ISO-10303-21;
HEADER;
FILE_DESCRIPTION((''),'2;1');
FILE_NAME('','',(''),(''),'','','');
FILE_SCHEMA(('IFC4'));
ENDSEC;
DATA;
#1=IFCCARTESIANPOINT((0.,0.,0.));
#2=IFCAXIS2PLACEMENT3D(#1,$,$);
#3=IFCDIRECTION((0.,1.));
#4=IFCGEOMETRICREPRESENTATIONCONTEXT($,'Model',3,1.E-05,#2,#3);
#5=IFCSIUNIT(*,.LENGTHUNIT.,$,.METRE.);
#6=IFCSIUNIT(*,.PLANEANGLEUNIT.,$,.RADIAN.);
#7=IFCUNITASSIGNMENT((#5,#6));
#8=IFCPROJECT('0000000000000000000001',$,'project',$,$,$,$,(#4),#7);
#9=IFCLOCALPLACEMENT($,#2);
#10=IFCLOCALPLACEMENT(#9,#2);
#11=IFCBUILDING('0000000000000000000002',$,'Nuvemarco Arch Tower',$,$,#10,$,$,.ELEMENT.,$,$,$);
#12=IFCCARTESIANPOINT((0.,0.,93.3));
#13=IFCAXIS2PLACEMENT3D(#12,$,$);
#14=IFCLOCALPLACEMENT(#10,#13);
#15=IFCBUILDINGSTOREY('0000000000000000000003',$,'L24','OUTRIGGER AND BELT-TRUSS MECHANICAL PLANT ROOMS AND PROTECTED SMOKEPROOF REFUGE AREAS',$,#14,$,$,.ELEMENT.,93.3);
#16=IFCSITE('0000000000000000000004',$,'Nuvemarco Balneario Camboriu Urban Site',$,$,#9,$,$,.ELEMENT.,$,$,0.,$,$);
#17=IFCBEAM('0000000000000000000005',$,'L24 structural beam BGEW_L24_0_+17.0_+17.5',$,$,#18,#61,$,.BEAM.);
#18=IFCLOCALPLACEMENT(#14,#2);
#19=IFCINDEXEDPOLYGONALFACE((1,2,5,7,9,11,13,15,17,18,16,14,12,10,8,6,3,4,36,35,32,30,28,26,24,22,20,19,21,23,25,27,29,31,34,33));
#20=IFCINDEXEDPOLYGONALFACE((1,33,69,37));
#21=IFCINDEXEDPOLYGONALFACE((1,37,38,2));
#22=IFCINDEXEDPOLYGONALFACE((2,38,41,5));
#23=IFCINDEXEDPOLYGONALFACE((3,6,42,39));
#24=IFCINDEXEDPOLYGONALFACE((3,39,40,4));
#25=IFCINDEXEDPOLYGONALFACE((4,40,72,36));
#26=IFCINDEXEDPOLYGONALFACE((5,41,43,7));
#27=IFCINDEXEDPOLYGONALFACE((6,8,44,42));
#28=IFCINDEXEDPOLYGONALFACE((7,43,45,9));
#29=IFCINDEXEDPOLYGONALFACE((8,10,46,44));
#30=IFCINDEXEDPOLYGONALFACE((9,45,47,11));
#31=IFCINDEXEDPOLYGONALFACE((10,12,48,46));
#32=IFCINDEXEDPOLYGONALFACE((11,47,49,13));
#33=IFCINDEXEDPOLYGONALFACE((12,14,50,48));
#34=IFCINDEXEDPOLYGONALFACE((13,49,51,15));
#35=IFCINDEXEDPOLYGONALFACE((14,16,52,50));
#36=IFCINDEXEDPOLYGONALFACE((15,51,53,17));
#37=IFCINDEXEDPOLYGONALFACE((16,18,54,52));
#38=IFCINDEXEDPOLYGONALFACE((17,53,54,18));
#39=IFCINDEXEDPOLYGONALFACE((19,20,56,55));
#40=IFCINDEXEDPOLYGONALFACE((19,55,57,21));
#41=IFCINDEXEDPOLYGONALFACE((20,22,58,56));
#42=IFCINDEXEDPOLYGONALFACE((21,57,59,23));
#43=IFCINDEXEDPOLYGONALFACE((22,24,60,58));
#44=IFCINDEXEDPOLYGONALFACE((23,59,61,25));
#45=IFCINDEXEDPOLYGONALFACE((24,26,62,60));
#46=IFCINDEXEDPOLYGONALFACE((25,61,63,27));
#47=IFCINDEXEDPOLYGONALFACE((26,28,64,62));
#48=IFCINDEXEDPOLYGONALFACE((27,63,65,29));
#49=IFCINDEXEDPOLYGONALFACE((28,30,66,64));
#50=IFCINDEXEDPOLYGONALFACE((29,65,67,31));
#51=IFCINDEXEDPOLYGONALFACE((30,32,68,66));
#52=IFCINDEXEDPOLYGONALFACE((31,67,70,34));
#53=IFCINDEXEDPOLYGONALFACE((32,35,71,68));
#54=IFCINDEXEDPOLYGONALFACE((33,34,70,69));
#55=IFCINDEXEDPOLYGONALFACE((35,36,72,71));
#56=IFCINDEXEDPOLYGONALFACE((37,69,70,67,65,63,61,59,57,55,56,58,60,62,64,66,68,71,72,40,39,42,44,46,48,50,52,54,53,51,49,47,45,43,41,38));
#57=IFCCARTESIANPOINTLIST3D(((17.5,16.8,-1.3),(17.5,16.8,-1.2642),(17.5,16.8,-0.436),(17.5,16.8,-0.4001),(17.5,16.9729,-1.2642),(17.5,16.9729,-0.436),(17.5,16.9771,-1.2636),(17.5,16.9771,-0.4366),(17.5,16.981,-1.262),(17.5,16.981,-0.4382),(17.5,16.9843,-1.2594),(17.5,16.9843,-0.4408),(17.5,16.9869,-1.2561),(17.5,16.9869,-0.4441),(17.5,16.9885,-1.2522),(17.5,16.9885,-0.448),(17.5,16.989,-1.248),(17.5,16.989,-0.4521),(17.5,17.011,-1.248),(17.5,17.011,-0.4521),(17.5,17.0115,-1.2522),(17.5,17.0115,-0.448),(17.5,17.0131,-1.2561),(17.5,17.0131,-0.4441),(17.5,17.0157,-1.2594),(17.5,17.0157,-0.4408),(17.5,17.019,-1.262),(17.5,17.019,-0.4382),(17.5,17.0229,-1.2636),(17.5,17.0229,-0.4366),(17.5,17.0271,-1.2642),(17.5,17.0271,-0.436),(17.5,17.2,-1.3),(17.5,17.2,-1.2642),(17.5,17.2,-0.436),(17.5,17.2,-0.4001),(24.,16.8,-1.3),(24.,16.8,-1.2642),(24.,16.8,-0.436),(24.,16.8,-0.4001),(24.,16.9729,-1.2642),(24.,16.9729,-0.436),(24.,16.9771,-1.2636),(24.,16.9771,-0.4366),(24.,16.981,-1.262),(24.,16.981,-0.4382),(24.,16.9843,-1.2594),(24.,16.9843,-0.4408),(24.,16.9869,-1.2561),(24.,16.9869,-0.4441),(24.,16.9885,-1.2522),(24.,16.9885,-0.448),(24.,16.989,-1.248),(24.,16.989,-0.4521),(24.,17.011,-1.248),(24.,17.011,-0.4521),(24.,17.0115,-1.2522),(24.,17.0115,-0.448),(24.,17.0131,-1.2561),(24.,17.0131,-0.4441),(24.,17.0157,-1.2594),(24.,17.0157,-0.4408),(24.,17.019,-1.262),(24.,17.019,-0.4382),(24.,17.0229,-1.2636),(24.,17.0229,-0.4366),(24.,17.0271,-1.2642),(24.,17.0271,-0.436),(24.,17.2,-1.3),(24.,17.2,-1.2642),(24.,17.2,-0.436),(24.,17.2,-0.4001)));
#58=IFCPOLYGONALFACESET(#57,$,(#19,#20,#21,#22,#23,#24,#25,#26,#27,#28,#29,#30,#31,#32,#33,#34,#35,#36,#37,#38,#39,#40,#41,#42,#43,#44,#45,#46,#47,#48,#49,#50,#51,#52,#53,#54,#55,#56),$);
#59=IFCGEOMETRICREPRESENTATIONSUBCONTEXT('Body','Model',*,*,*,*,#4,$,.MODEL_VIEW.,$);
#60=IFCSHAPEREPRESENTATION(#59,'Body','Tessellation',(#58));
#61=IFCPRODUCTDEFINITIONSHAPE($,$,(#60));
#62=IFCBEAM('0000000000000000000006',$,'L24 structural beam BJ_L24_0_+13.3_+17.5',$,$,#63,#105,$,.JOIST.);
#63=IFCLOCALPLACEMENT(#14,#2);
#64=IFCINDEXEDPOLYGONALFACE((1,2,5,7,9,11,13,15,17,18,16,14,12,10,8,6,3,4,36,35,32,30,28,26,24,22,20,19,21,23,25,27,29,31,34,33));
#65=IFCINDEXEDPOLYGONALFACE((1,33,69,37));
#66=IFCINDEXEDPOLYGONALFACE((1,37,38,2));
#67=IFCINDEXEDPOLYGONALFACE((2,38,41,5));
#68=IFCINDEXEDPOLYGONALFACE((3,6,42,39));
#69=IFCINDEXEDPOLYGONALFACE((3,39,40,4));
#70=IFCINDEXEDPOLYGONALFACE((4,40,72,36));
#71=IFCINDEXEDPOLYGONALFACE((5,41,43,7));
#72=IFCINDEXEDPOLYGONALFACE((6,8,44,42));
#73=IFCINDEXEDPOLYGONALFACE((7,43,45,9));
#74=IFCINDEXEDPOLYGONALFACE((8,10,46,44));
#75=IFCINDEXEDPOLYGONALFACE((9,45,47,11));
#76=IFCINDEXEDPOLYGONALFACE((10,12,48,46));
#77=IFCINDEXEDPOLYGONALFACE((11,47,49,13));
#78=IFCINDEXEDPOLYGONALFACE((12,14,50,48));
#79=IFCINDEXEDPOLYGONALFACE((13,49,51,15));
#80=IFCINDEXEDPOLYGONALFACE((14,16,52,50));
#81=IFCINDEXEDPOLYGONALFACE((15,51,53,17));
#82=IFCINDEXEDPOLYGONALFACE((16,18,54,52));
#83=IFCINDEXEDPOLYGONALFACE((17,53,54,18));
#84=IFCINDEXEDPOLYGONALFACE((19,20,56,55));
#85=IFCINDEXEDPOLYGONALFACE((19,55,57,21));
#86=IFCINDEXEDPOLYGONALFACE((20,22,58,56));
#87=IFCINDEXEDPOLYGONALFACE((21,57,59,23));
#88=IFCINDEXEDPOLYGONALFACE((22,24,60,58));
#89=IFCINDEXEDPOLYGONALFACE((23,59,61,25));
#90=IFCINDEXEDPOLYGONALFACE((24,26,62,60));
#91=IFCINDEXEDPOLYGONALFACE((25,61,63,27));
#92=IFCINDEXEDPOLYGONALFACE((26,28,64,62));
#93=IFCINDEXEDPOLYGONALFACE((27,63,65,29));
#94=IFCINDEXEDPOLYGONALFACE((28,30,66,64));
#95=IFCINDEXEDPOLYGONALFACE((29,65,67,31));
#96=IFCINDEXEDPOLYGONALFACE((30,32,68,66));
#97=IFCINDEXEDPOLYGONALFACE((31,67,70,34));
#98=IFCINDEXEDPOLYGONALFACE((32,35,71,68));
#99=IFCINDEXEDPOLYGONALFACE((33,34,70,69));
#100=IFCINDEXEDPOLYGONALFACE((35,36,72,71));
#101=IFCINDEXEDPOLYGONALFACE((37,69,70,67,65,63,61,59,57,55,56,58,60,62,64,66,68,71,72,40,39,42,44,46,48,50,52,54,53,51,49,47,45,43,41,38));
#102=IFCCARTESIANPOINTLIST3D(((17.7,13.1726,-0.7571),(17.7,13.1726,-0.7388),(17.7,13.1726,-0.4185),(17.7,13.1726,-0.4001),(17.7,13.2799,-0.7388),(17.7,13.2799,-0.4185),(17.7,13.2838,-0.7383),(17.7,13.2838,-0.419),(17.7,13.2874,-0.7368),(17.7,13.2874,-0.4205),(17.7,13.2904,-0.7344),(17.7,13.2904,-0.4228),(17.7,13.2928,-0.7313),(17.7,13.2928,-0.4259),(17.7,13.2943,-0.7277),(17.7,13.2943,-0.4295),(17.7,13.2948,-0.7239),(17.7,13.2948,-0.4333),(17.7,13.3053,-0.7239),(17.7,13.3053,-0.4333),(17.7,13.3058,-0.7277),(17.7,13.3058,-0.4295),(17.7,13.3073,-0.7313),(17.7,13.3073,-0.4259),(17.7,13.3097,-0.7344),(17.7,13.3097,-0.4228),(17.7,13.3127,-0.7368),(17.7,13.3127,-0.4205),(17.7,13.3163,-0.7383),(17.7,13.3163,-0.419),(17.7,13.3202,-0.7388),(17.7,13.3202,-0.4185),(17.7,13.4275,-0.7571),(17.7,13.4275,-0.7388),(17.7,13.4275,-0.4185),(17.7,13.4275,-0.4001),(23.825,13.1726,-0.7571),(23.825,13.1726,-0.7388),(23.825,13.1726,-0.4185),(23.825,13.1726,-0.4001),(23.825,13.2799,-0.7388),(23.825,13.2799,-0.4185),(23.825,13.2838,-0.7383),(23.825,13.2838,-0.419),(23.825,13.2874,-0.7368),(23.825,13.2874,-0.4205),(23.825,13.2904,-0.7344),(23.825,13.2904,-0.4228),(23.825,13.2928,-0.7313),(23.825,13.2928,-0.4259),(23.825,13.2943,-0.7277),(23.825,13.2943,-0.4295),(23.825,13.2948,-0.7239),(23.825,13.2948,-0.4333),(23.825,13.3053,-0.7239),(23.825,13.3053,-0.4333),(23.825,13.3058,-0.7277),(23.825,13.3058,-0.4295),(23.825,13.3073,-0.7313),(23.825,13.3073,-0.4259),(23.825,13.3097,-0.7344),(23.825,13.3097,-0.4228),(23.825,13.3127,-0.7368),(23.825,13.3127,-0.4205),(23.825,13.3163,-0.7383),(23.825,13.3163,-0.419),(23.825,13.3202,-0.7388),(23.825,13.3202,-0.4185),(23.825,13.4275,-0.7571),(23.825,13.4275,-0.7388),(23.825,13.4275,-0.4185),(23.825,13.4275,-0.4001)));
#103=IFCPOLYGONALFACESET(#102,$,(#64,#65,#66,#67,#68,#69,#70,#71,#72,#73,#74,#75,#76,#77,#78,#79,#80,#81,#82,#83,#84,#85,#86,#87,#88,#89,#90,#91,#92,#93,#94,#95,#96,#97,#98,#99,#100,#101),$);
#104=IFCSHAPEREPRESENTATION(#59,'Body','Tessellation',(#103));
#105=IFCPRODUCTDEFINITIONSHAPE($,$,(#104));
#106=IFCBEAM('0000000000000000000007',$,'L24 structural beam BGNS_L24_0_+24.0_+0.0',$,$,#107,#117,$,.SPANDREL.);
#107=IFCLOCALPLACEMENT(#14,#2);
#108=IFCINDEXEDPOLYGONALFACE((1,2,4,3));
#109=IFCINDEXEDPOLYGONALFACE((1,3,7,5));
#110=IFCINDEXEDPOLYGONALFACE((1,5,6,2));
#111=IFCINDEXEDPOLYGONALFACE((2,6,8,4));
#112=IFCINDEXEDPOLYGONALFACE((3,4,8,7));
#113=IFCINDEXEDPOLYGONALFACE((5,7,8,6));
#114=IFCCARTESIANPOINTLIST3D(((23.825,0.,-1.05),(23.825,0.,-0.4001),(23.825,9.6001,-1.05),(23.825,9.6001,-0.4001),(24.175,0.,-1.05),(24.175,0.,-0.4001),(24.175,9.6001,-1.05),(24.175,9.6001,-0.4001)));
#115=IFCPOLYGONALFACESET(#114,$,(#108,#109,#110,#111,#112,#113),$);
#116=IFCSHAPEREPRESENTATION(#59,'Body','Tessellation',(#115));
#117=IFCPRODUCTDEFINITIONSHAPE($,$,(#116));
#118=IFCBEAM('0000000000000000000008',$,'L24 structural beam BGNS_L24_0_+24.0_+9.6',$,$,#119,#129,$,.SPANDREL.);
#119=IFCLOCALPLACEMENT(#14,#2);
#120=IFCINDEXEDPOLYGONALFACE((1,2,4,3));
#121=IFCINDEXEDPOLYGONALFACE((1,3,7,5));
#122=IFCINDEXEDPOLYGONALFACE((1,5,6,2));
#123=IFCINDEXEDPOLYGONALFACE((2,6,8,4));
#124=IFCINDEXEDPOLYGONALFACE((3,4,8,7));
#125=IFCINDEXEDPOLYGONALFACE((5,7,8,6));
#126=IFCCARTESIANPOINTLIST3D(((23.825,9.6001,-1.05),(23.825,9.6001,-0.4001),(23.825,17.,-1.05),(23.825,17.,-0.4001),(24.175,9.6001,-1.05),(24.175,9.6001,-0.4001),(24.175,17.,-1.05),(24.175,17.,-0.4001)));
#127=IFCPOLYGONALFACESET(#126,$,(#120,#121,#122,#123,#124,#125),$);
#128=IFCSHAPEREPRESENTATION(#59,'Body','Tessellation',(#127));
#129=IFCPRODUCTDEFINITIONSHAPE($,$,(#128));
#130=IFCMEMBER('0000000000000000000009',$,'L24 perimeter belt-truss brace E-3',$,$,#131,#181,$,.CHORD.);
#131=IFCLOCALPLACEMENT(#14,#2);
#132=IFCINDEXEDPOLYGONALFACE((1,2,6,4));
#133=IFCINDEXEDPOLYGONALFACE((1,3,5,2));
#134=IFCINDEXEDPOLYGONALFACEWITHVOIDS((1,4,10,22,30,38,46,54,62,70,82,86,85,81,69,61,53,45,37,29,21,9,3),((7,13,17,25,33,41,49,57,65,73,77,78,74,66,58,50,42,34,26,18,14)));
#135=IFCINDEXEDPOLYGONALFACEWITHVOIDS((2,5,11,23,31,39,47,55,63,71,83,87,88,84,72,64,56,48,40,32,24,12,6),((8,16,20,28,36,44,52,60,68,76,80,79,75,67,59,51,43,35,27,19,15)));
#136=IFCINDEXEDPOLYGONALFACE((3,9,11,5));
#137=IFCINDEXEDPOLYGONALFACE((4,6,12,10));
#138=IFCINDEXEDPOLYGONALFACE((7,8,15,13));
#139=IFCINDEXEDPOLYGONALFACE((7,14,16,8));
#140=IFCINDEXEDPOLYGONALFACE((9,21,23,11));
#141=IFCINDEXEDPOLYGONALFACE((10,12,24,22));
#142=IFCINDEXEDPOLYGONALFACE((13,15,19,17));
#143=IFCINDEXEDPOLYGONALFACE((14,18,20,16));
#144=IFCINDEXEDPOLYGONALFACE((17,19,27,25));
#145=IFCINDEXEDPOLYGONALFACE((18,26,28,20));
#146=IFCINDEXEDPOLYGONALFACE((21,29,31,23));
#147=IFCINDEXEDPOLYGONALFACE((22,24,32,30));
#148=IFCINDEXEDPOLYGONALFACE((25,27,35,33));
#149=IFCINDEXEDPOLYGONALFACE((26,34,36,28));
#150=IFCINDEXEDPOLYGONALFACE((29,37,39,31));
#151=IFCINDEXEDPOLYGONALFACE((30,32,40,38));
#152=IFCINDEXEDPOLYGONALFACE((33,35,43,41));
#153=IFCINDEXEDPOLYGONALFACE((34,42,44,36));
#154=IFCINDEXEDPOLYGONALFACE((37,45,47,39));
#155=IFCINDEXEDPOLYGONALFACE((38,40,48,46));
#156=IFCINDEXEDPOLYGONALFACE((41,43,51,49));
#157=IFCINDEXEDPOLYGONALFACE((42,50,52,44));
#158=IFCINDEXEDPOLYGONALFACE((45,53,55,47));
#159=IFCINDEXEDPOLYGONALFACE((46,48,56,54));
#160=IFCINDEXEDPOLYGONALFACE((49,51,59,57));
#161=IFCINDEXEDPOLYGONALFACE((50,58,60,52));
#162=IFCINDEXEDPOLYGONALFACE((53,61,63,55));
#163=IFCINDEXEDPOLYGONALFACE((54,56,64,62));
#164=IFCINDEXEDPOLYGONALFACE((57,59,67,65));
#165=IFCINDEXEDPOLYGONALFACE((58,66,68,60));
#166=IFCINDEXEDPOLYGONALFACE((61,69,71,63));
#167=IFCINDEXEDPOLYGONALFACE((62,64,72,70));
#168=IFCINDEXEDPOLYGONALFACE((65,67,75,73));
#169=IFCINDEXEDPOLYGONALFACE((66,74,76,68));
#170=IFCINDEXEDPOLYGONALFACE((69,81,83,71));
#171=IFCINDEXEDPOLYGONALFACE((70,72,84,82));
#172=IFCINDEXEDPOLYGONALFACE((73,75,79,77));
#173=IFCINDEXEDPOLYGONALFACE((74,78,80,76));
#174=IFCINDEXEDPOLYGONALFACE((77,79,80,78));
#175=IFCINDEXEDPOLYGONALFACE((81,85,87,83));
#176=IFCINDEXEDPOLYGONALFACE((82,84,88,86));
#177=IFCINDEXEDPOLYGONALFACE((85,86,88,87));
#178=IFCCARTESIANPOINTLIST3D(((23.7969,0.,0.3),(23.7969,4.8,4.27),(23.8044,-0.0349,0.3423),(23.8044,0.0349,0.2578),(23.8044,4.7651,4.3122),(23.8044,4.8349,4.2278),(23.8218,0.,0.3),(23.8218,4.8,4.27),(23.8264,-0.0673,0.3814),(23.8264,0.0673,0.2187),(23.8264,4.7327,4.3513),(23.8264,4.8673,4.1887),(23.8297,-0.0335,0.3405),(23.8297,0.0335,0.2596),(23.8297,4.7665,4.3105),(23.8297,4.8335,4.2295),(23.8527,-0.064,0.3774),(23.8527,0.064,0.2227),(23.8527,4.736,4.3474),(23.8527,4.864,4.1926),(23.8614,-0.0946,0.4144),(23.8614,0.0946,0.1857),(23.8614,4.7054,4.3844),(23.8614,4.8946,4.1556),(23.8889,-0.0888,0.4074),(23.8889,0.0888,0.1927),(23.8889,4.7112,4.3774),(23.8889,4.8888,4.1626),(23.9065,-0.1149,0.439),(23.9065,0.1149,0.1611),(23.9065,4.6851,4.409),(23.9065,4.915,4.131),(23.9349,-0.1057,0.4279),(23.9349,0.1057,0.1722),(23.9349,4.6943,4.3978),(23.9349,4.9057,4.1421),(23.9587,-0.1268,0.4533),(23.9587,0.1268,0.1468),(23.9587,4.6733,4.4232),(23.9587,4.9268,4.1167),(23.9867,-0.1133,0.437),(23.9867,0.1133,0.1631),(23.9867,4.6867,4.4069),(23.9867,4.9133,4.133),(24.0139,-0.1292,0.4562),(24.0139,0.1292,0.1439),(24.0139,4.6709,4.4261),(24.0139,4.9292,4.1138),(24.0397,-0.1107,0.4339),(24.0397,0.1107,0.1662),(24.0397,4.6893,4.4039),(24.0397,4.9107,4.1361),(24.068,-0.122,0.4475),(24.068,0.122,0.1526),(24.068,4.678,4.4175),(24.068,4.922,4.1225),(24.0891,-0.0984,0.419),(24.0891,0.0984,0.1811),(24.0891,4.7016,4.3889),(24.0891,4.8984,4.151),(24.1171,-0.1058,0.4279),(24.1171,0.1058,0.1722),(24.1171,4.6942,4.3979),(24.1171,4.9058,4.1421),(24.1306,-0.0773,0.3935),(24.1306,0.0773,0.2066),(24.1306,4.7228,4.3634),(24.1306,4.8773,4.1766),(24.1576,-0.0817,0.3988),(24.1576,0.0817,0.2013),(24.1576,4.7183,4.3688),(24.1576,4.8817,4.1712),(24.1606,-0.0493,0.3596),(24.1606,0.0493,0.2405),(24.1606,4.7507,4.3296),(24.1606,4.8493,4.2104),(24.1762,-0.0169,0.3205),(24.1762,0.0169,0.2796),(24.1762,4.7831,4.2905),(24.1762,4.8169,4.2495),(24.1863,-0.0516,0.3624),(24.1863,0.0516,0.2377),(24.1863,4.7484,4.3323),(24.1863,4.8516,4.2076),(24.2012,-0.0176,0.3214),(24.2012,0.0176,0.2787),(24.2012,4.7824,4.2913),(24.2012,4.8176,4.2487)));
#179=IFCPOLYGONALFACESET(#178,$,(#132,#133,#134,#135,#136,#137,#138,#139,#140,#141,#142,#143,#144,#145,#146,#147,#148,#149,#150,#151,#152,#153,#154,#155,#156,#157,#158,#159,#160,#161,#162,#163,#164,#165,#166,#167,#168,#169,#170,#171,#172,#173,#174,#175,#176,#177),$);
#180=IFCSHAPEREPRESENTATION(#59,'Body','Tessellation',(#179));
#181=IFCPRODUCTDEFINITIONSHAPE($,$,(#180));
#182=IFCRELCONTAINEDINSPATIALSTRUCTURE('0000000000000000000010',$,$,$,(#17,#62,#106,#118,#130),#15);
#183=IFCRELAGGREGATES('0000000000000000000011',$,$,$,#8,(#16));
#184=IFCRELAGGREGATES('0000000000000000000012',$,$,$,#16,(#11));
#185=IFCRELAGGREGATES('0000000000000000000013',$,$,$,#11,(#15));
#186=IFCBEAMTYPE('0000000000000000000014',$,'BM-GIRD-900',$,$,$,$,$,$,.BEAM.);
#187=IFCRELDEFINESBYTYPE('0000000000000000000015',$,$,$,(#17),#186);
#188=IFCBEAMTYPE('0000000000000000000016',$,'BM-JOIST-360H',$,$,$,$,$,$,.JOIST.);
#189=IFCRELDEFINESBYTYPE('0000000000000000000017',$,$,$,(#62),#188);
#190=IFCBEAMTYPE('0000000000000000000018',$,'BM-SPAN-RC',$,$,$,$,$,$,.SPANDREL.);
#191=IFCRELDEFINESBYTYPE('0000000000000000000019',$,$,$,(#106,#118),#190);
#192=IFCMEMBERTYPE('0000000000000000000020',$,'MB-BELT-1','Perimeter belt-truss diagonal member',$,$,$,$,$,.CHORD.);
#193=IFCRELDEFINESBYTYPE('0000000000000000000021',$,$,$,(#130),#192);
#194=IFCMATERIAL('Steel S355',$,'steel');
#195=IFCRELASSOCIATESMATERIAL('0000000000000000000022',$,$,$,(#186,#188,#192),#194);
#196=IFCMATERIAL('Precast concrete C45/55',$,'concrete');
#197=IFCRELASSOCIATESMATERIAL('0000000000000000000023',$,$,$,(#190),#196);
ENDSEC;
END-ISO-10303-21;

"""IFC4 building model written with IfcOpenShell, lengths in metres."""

from ifc_helpers import new_model, si_unit, direction, frame, origin, origin_2d, place, context, subcontext, project, spatial, rectangle, hollow_circle, i_section, extrude, material, material_profile, profile_set, type_object, element, save


model = new_model("IFC4")

# Units and contexts
model_context = context("Model", 3, precision=1e-05, world=origin(), true_north=direction((0.0, 1.0)))
body_context = subcontext(model_context, "Body", "Model", "MODEL_VIEW")
ifc_project = project(units=[si_unit("LENGTHUNIT", "METRE"), si_unit("PLANEANGLEUNIT", "RADIAN")], contexts=[model_context])

# Site, building, storey
site_placement = place(None, origin())
site = spatial("IfcSite", under=ifc_project, at=site_placement, Name="Nuvemarco Balneario Camboriu Urban Site", CompositionType="ELEMENT", RefElevation=0.0)
building_placement = place(site_placement, origin())
building = spatial("IfcBuilding", under=site, at=building_placement, Name="Nuvemarco Arch Tower", CompositionType="ELEMENT")
storey_placement = place(building_placement, frame((0.0, 0.0, 93.3)))
storey = spatial("IfcBuildingStorey", under=building, at=storey_placement, Name="L24", Description="OUTRIGGER AND BELT-TRUSS MECHANICAL PLANT ROOMS AND PROTECTED SMOKEPROOF REFUGE AREAS", CompositionType="ELEMENT", Elevation=93.3)

# Shared definitions
ifc_material_1 = material(Name="Steel S355", Category="steel")

# Beams
ifc_material_profile_1 = material_profile(ifc_material_1, i_section(OverallWidth=0.3999, OverallDepth=0.8999, WebThickness=0.022, FlangeThickness=0.0359, FilletRadius=0.0161, at=origin_2d()), Name="PG900x400")
ifc_profile_set_1 = profile_set([ifc_material_profile_1], Name="Steel S355")
beam_type_1 = type_object("IfcBeamType", Name="BM-GIRD-900", PredefinedType="BEAM", material=ifc_profile_set_1)
for number, where, z_axis, x_axis, name in (
    (1, (17.5, 17.0, -0.8501), (1.0, 0.0, 0.0), (0.0, 1.0, 0.0), "L24 structural beam BGEW_L24_0_+17.0_+17.5"),
):
    element("IfcBeam", number, at=place(storey_placement, frame(where, z_axis=z_axis, x_axis=x_axis)), inside=storey, type_object=beam_type_1, Name=name, PredefinedType="BEAM", context=body_context, shape_type="SweptSolid", body=[
        extrude(i_section(OverallWidth=0.3999, OverallDepth=0.8999, WebThickness=0.022, FlangeThickness=0.0359, FilletRadius=0.0161, at=origin_2d()), origin(), (0.0, 0.0, 1.0), 6.5),
    ])
ifc_material_profile_2 = material_profile(ifc_material_1, i_section(OverallWidth=0.2549, OverallDepth=0.3569, WebThickness=0.0105, FlangeThickness=0.0183, FilletRadius=0.0149, at=origin_2d()), Name="W360x101")
ifc_profile_set_2 = profile_set([ifc_material_profile_2], Name="Steel S355")
beam_type_2 = type_object("IfcBeamType", Name="BM-JOIST-360H", PredefinedType="JOIST", material=ifc_profile_set_2)
beam_1_placement = place(storey_placement, frame((17.7, 13.3, -0.5786), z_axis=(1.0, 0.0, 0.0), x_axis=(0.0, 1.0, 0.0)))
element("IfcBeam", 2, at=beam_1_placement, inside=storey, type_object=beam_type_2, Name="L24 structural beam BJ_L24_0_+13.3_+17.5", PredefinedType="JOIST", context=body_context, shape_type="SweptSolid", body=[
    extrude(i_section(OverallWidth=0.2549, OverallDepth=0.3569, WebThickness=0.0105, FlangeThickness=0.0183, FilletRadius=0.0149, at=origin_2d()), origin(), (0.0, 0.0, 1.0), 6.125),
])
ifc_material_2 = material(Name="Precast concrete C45/55", Category="concrete")
ifc_material_profile_3 = material_profile(ifc_material_2, rectangle(XDim=0.3501, YDim=0.6499, at=origin_2d()), Name="PC-SP-350x650")
ifc_profile_set_3 = profile_set([ifc_material_profile_3], Name="Precast concrete C45/55")
beam_type_3 = type_object("IfcBeamType", Name="BM-SPAN-RC", PredefinedType="SPANDREL", material=ifc_profile_set_3)
beam_2_placement = place(storey_placement, frame((24.0, 0.0, -0.7251), z_axis=(0.0, 1.0, 0.0), x_axis=(-1.0, 0.0, 0.0)))
element("IfcBeam", 3, at=beam_2_placement, inside=storey, type_object=beam_type_3, Name="L24 structural beam BGNS_L24_0_+24.0_+0.0", PredefinedType="SPANDREL", context=body_context, shape_type="SweptSolid", body=[
    extrude(rectangle(XDim=0.3501, YDim=0.6499, at=origin_2d()), origin(), (0.0, 0.0, 1.0), 9.6001),
])
beam_3_placement = place(storey_placement, frame((24.0, 9.6001, -0.7251), z_axis=(0.0, 1.0, 0.0), x_axis=(-1.0, 0.0, 0.0)))
element("IfcBeam", 4, at=beam_3_placement, inside=storey, type_object=beam_type_3, Name="L24 structural beam BGNS_L24_0_+24.0_+9.6", PredefinedType="SPANDREL", context=body_context, shape_type="SweptSolid", body=[
    extrude(rectangle(XDim=0.3501, YDim=0.6499, at=origin_2d()), origin(), (0.0, 0.0, 1.0), 7.3999),
])

# Member
ifc_material_profile_4 = material_profile(ifc_material_1, hollow_circle(Radius=0.2031, WallThickness=0.0249, at=origin_2d()), Name="CHS406.4x25")
ifc_profile_set_4 = profile_set([ifc_material_profile_4], Name="Steel S355")
member_type_1 = type_object("IfcMemberType", Name="MB-BELT-1", Description="Perimeter belt-truss diagonal member", PredefinedType="CHORD", material=ifc_profile_set_4)
for number, where, z_axis, x_axis, name in (
    (5, (24.0, 0.0, 0.3), (0.0, 0.77059, 0.637331), (-1.0, 0.0, 0.0), "L24 perimeter belt-truss brace E-3"),
):
    element("IfcMember", number, at=place(storey_placement, frame(where, z_axis=z_axis, x_axis=x_axis)), inside=storey, type_object=member_type_1, Name=name, PredefinedType="CHORD", context=body_context, shape_type="SweptSolid", body=[
        extrude(hollow_circle(Radius=0.2031, WallThickness=0.0249, at=origin_2d()), origin(), (0.0, 0.0, 1.0), 6.229),
    ])

save(model, "model.ifc")
